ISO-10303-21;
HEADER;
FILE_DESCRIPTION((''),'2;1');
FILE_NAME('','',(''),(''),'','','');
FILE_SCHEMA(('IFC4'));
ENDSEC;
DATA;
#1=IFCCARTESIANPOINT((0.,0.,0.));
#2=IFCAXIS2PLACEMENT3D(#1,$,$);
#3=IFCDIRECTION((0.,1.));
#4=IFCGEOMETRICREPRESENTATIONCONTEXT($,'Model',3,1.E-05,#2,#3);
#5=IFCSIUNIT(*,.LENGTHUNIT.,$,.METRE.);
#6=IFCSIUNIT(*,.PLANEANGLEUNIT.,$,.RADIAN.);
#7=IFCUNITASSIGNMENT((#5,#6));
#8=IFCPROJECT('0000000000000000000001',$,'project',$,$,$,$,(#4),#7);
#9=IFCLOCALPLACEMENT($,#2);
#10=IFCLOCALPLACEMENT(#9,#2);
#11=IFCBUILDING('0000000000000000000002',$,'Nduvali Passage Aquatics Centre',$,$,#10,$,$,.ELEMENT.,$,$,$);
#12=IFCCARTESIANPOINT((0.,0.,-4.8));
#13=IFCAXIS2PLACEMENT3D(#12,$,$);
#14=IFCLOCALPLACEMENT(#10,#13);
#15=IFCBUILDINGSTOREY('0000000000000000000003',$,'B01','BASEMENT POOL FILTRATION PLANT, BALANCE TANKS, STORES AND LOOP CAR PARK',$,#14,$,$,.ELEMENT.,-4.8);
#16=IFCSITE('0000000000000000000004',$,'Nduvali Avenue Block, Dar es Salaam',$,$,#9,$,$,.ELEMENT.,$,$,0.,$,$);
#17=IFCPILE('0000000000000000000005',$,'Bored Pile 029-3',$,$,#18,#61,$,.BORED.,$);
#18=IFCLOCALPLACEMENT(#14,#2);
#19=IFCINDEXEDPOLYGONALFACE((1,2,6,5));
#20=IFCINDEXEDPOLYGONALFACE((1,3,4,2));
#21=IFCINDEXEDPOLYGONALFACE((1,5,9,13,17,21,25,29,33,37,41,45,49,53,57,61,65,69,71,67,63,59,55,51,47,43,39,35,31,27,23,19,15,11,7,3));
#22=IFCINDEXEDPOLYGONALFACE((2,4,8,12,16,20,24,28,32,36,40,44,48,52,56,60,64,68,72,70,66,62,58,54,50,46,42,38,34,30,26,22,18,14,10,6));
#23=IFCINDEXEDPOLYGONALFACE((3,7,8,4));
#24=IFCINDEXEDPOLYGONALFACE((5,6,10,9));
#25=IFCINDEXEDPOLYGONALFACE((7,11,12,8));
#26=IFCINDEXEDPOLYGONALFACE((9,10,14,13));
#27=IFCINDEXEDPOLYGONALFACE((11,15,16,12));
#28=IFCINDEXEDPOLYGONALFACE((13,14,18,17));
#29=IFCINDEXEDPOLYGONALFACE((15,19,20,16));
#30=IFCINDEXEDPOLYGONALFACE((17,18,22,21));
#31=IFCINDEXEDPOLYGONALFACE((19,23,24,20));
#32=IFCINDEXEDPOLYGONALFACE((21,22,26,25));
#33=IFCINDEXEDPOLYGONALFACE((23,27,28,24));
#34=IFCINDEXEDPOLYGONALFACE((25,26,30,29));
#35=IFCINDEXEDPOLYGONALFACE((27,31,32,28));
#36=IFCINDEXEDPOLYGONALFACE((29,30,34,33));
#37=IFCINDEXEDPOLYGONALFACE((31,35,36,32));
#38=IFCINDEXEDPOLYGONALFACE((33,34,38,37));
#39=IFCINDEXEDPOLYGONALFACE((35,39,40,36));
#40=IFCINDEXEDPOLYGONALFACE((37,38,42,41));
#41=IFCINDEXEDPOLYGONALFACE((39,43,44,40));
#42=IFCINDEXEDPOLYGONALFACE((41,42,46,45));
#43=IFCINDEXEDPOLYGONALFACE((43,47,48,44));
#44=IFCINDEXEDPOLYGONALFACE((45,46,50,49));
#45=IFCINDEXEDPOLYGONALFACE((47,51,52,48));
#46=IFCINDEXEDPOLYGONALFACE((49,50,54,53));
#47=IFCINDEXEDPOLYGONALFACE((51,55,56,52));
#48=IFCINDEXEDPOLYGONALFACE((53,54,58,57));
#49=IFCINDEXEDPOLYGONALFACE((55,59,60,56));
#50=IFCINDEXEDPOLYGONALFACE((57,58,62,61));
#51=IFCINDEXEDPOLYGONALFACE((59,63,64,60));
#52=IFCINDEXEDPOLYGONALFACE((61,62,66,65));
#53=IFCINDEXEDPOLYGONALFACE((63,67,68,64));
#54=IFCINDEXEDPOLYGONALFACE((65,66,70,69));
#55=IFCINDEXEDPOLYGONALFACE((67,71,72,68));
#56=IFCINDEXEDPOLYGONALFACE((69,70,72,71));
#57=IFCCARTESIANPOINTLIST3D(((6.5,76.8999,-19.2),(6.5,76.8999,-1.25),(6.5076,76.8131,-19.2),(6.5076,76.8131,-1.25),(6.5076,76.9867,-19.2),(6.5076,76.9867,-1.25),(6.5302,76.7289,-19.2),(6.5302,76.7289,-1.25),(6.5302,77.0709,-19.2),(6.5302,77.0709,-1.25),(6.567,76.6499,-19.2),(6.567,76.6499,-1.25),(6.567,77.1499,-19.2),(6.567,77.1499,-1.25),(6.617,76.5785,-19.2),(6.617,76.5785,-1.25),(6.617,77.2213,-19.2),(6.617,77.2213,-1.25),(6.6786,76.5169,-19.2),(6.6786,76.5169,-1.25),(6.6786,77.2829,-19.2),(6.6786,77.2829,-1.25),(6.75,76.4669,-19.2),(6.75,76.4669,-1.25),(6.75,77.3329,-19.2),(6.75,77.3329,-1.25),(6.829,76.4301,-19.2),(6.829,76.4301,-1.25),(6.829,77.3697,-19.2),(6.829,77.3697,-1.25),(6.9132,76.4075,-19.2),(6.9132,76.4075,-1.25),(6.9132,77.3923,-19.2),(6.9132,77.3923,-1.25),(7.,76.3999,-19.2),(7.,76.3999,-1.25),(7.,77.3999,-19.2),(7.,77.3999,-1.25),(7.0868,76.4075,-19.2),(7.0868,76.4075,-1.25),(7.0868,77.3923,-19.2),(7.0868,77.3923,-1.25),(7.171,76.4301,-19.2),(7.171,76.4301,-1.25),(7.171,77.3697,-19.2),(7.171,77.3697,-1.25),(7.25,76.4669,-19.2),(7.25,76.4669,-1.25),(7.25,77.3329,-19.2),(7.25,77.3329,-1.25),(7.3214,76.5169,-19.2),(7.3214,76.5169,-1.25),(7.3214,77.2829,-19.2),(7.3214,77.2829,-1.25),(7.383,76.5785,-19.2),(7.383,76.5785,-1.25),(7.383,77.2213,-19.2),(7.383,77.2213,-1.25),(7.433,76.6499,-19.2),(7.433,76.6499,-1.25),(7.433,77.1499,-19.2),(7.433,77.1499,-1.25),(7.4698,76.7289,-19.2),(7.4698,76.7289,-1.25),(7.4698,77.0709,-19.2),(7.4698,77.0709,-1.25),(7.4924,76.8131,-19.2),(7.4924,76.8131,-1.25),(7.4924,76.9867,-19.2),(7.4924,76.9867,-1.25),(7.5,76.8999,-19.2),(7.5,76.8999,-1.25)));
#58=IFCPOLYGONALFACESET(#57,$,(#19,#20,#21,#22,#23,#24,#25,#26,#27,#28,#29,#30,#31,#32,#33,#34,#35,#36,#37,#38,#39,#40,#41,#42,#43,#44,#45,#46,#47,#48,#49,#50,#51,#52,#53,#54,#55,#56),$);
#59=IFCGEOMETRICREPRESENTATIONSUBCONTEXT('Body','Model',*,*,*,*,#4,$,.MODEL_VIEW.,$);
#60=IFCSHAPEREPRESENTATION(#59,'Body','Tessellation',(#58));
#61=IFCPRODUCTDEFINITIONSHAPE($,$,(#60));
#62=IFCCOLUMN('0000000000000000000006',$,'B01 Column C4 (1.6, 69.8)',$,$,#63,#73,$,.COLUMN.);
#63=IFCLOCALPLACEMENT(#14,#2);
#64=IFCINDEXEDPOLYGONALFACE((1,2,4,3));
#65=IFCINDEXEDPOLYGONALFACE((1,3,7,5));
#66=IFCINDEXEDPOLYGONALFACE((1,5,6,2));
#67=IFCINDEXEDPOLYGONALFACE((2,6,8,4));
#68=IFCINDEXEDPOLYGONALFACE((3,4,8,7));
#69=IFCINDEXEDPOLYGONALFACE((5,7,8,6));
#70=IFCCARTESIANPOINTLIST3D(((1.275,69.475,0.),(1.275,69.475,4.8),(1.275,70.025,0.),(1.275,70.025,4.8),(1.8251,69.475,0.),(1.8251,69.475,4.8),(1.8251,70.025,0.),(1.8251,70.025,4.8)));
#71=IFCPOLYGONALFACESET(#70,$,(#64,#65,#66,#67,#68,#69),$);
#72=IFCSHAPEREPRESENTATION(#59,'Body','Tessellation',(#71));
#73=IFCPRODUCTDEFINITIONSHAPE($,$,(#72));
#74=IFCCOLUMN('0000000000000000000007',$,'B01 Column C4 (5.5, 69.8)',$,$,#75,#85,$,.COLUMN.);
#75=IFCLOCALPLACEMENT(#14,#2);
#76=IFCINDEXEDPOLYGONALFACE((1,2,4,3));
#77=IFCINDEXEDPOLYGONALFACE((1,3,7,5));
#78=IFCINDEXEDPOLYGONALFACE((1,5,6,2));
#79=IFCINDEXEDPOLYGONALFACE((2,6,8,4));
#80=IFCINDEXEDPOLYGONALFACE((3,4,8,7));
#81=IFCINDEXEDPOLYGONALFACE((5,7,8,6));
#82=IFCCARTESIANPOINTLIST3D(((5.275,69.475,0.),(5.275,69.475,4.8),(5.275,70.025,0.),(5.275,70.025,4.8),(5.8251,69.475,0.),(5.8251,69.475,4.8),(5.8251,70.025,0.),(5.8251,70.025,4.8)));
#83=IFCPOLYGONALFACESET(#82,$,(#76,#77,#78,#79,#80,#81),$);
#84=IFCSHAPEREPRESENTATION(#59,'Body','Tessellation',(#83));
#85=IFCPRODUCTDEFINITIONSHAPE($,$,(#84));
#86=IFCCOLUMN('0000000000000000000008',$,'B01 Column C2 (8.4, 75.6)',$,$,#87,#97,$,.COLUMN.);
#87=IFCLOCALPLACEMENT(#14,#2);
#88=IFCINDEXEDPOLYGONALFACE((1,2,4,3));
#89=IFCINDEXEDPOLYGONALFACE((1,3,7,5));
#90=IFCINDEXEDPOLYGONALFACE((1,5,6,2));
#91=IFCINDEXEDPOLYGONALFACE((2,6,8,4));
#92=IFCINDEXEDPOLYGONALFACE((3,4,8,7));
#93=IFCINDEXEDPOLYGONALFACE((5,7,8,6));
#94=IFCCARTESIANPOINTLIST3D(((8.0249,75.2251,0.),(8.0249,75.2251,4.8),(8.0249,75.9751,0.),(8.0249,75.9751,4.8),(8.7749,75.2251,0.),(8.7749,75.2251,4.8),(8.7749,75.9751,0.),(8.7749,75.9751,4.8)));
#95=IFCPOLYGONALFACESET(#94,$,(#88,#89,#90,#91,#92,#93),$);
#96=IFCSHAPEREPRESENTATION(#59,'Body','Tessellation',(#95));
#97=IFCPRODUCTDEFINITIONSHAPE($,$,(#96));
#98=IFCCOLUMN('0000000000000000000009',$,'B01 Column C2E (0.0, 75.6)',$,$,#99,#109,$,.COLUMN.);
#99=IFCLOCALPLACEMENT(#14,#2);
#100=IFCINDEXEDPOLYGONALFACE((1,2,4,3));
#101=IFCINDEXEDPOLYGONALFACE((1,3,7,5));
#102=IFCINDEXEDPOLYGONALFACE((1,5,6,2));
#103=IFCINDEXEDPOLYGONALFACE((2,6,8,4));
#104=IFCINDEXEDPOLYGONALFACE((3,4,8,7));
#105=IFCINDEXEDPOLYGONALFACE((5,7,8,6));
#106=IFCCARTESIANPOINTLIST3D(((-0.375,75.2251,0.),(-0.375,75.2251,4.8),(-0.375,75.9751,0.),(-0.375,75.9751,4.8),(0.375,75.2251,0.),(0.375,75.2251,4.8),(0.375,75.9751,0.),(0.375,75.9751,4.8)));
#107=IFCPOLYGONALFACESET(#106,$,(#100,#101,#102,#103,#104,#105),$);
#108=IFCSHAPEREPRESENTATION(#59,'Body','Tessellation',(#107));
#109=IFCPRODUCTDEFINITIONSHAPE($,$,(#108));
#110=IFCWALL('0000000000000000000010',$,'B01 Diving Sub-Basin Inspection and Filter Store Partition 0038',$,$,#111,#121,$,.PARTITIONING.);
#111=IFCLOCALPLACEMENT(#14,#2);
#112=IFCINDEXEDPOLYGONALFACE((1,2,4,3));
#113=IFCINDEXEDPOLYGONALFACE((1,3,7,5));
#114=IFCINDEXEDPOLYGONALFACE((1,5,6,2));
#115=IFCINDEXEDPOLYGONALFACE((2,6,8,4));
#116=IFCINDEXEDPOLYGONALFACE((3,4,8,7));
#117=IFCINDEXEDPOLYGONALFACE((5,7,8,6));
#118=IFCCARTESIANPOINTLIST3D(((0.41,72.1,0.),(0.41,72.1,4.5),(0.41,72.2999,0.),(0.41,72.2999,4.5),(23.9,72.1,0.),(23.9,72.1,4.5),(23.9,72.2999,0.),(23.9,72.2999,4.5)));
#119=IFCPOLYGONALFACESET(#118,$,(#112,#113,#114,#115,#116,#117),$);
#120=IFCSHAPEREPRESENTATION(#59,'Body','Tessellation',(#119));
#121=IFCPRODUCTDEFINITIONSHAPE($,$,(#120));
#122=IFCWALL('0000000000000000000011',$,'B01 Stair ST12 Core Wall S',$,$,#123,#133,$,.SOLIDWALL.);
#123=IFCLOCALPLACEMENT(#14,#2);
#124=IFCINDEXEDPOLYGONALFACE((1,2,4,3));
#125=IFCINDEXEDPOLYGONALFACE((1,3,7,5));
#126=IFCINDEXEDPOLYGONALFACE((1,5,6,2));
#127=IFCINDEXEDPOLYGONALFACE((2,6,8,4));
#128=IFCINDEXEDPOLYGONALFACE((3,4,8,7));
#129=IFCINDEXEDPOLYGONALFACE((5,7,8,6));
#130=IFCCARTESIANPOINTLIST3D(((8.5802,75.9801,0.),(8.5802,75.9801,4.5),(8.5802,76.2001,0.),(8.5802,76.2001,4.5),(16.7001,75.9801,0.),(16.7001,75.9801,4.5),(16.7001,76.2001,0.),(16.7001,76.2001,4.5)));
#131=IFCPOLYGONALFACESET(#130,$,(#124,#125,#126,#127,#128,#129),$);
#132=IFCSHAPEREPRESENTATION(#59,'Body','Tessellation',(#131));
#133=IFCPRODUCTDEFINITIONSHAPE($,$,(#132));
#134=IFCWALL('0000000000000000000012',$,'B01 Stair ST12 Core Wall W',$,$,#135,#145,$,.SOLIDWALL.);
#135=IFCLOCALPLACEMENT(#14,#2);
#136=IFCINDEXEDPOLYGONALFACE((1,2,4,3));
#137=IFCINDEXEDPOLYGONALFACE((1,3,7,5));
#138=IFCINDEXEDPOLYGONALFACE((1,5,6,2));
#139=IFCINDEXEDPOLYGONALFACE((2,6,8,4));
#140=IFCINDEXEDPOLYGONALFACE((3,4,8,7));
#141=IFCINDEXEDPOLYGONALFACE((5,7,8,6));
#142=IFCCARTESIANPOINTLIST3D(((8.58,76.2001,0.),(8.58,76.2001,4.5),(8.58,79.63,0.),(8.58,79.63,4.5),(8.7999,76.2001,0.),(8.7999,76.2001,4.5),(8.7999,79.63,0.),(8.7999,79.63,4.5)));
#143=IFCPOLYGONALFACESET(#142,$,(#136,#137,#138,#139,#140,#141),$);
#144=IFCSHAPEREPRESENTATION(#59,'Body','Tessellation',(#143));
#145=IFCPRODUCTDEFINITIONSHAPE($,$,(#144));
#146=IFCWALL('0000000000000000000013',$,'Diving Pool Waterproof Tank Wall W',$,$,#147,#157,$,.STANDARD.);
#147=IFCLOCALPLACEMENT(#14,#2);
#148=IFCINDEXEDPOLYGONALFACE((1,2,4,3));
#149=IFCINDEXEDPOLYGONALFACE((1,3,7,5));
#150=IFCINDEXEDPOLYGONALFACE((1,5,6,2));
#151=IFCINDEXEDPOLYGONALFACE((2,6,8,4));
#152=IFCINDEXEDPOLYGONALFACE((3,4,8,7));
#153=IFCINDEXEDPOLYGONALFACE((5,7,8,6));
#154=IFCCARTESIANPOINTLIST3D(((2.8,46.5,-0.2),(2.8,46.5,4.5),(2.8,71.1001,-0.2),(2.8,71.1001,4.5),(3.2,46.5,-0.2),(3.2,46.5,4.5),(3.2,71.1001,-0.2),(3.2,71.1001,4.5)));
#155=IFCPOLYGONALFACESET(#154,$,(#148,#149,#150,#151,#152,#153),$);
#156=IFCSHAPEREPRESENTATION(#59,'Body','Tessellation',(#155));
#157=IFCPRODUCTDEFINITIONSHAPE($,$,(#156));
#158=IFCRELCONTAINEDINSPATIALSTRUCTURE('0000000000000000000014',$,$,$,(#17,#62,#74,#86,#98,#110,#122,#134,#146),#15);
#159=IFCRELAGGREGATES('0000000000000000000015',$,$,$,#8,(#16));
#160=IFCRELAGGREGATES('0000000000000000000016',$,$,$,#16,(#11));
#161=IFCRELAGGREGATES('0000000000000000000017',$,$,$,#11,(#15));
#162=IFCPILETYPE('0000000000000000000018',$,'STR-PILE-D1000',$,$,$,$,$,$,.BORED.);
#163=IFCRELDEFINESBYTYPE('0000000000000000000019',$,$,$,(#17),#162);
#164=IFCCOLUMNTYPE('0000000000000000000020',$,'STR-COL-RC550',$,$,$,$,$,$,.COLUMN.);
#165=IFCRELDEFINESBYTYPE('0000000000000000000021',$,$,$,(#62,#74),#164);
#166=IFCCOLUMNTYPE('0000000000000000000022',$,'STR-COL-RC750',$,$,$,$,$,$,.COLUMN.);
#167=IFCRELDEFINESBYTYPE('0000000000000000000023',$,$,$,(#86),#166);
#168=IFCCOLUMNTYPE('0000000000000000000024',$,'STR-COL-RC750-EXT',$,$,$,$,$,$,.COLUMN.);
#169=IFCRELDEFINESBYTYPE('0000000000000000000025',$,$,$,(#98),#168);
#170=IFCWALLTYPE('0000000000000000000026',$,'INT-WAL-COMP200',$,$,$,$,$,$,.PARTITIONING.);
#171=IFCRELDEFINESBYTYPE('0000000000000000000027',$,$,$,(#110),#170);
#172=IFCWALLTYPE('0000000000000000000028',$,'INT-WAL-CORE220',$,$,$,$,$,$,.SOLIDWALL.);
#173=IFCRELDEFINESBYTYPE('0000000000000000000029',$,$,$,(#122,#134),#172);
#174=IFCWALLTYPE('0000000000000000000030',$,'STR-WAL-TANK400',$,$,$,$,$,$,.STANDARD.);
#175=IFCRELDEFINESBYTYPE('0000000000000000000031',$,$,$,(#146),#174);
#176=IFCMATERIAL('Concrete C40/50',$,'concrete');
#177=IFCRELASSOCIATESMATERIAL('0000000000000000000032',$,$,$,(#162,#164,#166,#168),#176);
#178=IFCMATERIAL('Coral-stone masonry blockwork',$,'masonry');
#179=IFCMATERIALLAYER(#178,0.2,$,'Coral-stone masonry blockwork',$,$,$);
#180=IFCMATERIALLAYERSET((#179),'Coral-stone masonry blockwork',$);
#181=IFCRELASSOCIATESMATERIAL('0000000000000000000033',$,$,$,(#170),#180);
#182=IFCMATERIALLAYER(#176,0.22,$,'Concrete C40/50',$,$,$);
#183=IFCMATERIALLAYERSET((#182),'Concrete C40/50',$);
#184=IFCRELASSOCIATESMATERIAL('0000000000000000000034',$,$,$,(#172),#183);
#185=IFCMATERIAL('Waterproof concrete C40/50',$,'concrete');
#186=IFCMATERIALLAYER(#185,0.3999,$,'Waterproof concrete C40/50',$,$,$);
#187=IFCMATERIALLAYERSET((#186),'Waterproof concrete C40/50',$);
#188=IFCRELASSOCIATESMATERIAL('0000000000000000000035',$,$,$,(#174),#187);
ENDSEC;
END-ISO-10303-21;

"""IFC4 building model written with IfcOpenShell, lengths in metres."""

from ifc_helpers import new_model, si_unit, direction, frame, frame_2d, origin, origin_2d, place, context, subcontext, project, spatial, rectangle, circle, extrude, material, layer, layer_set, material_profile, profile_set, type_object, element, save


model = new_model("IFC4")

# Units and contexts
model_context = context("Model", 3, precision=1e-05, world=origin(), true_north=direction((0.0, 1.0)))
body_context = subcontext(model_context, "Body", "Model", "MODEL_VIEW")
ifc_project = project(units=[si_unit("LENGTHUNIT", "METRE"), si_unit("PLANEANGLEUNIT", "RADIAN")], contexts=[model_context])

# Site, building, storey
site_placement = place(None, origin())
site = spatial("IfcSite", under=ifc_project, at=site_placement, Name="Nduvali Avenue Block, Dar es Salaam", CompositionType="ELEMENT", RefElevation=0.0)
building_placement = place(site_placement, origin())
building = spatial("IfcBuilding", under=site, at=building_placement, Name="Nduvali Passage Aquatics Centre", CompositionType="ELEMENT")
storey_placement = place(building_placement, frame((0.0, 0.0, -4.8)))
storey = spatial("IfcBuildingStorey", under=building, at=storey_placement, Name="B01", Description="BASEMENT POOL FILTRATION PLANT, BALANCE TANKS, STORES AND LOOP CAR PARK", CompositionType="ELEMENT", Elevation=-4.8)

# Shared definitions
ifc_material_1 = material(Name="Concrete C40/50", Category="concrete")

# Pile
ifc_material_profile_1 = material_profile(ifc_material_1, circle(Radius=0.5, at=origin_2d()), Name="PILE D1000")
ifc_profile_set_1 = profile_set([ifc_material_profile_1], Name="Concrete C40/50")
pile_type = type_object("IfcPileType", Name="STR-PILE-D1000", PredefinedType="BORED", material=ifc_profile_set_1)
for number, where, z_axis, x_axis, name in (
    (1, (7.0, 76.8999, -1.25), (0.0, 0.0, -1.0), (1.0, 0.0, 0.0), "Bored Pile 029-3"),
):
    element("IfcPile", number, at=place(storey_placement, frame(where, z_axis=z_axis, x_axis=x_axis)), inside=storey, type_object=pile_type, Name=name, PredefinedType="BORED", context=body_context, shape_type="SweptSolid", body=[
        extrude(circle(Radius=0.5, at=origin_2d()), origin(), (0.0, 0.0, 1.0), 17.95),
    ])

# Columns
ifc_material_profile_2 = material_profile(ifc_material_1, rectangle(XDim=0.55, YDim=0.55, at=origin_2d()), Name="RC 550x550")
ifc_profile_set_2 = profile_set([ifc_material_profile_2], Name="Concrete C40/50")
column_type_1 = type_object("IfcColumnType", Name="STR-COL-RC550", PredefinedType="COLUMN", material=ifc_profile_set_2)
for number, where, z_axis, x_axis, name in (
    (2, (1.55, 69.75, 0.0), (0.0, 0.0, 1.0), (1.0, 0.0, 0.0), "B01 Column C4 (1.6, 69.8)"),
    (3, (5.55, 69.75, 0.0), (0.0, 0.0, 1.0), (1.0, 0.0, 0.0), "B01 Column C4 (5.5, 69.8)"),
):
    element("IfcColumn", number, at=place(storey_placement, frame(where, z_axis=z_axis, x_axis=x_axis)), inside=storey, type_object=column_type_1, Name=name, PredefinedType="COLUMN", context=body_context, shape_type="SweptSolid", body=[
        extrude(rectangle(XDim=0.55, YDim=0.55, at=origin_2d()), origin(), (0.0, 0.0, 1.0), 4.8),
    ])
ifc_material_profile_3 = material_profile(ifc_material_1, rectangle(XDim=0.75, YDim=0.75, at=origin_2d()), Name="RC 750x750")
ifc_profile_set_3 = profile_set([ifc_material_profile_3], Name="Concrete C40/50")
column_type_2 = type_object("IfcColumnType", Name="STR-COL-RC750", PredefinedType="COLUMN", material=ifc_profile_set_3)
column_1_placement = place(storey_placement, frame((8.3999, 75.6001, 0.0), z_axis=(0.0, 0.0, 1.0), x_axis=(1.0, 0.0, 0.0)))
element("IfcColumn", 4, at=column_1_placement, inside=storey, type_object=column_type_2, Name="B01 Column C2 (8.4, 75.6)", PredefinedType="COLUMN", context=body_context, shape_type="SweptSolid", body=[
    extrude(rectangle(XDim=0.75, YDim=0.75, at=origin_2d()), origin(), (0.0, 0.0, 1.0), 4.8),
])
ifc_material_profile_4 = material_profile(ifc_material_1, rectangle(XDim=0.75, YDim=0.75, at=origin_2d()), Name="RC 750x750")
ifc_profile_set_4 = profile_set([ifc_material_profile_4], Name="Concrete C40/50")
column_type_3 = type_object("IfcColumnType", Name="STR-COL-RC750-EXT", PredefinedType="COLUMN", material=ifc_profile_set_4)
column_2_placement = place(storey_placement, frame((0.0, 75.6001, 0.0), z_axis=(0.0, 0.0, 1.0), x_axis=(1.0, 0.0, 0.0)))
element("IfcColumn", 5, at=column_2_placement, inside=storey, type_object=column_type_3, Name="B01 Column C2E (0.0, 75.6)", PredefinedType="COLUMN", context=body_context, shape_type="SweptSolid", body=[
    extrude(rectangle(XDim=0.75, YDim=0.75, at=origin_2d()), origin(), (0.0, 0.0, 1.0), 4.8),
])

# Walls
ifc_material_2 = material(Name="Coral-stone masonry blockwork", Category="masonry")
ifc_layer_1 = layer(ifc_material_2, 0.2, Name="Coral-stone masonry blockwork")
ifc_layer_set_1 = layer_set([ifc_layer_1], Name="Coral-stone masonry blockwork")
wall_type_1 = type_object("IfcWallType", Name="INT-WAL-COMP200", PredefinedType="PARTITIONING", material=ifc_layer_set_1)
wall_1_placement = place(storey_placement, frame((0.4099, 72.2, 0.0), z_axis=(0.0, 0.0, 1.0), x_axis=(1.0, 0.0, 0.0)))
element("IfcWall", 6, at=wall_1_placement, inside=storey, type_object=wall_type_1, Name="B01 Diving Sub-Basin Inspection and Filter Store Partition 0038", PredefinedType="PARTITIONING", context=body_context, shape_type="SweptSolid", body=[
    extrude(rectangle(XDim=23.49, YDim=0.2, at=frame_2d((11.7451, 0.0))), origin(), (0.0, 0.0, 1.0), 4.5),
])
ifc_layer_2 = layer(ifc_material_1, 0.22, Name="Concrete C40/50")
ifc_layer_set_2 = layer_set([ifc_layer_2], Name="Concrete C40/50")
wall_type_2 = type_object("IfcWallType", Name="INT-WAL-CORE220", PredefinedType="SOLIDWALL", material=ifc_layer_set_2)
wall_2_placement = place(storey_placement, frame((8.5801, 76.0901, 0.0), z_axis=(0.0, 0.0, 1.0), x_axis=(1.0, 0.0, 0.0)))
element("IfcWall", 7, at=wall_2_placement, inside=storey, type_object=wall_type_2, Name="B01 Stair ST12 Core Wall S", PredefinedType="SOLIDWALL", context=body_context, shape_type="SweptSolid", body=[
    extrude(rectangle(XDim=8.1199, YDim=0.22, at=frame_2d((4.0601, 0.0))), origin(), (0.0, 0.0, 1.0), 4.5),
])
wall_3_placement = place(storey_placement, frame((8.6899, 79.6299, 0.0), z_axis=(0.0, 0.0, 1.0), x_axis=(0.0, -1.0, 0.0)))
element("IfcWall", 8, at=wall_3_placement, inside=storey, type_object=wall_type_2, Name="B01 Stair ST12 Core Wall W", PredefinedType="SOLIDWALL", context=body_context, shape_type="SweptSolid", body=[
    extrude(rectangle(XDim=3.4299, YDim=0.22, at=frame_2d((1.7148, 0.0))), origin(), (0.0, 0.0, 1.0), 4.5),
])
ifc_material_3 = material(Name="Waterproof concrete C40/50", Category="concrete")
ifc_layer_3 = layer(ifc_material_3, 0.3999, Name="Waterproof concrete C40/50")
ifc_layer_set_3 = layer_set([ifc_layer_3], Name="Waterproof concrete C40/50")
wall_type_3 = type_object("IfcWallType", Name="STR-WAL-TANK400", PredefinedType="STANDARD", material=ifc_layer_set_3)
wall_4_placement = place(storey_placement, frame((3.0, 71.1001, -0.2), z_axis=(0.0, 0.0, 1.0), x_axis=(0.0, -1.0, 0.0)))
element("IfcWall", 9, at=wall_4_placement, inside=storey, type_object=wall_type_3, Name="Diving Pool Waterproof Tank Wall W", PredefinedType="STANDARD", context=body_context, shape_type="SweptSolid", body=[
    extrude(rectangle(XDim=24.6001, YDim=0.3999, at=frame_2d((12.3, 0.0))), origin(), (0.0, 0.0, 1.0), 4.7),
])

save(model, "model.ifc")
